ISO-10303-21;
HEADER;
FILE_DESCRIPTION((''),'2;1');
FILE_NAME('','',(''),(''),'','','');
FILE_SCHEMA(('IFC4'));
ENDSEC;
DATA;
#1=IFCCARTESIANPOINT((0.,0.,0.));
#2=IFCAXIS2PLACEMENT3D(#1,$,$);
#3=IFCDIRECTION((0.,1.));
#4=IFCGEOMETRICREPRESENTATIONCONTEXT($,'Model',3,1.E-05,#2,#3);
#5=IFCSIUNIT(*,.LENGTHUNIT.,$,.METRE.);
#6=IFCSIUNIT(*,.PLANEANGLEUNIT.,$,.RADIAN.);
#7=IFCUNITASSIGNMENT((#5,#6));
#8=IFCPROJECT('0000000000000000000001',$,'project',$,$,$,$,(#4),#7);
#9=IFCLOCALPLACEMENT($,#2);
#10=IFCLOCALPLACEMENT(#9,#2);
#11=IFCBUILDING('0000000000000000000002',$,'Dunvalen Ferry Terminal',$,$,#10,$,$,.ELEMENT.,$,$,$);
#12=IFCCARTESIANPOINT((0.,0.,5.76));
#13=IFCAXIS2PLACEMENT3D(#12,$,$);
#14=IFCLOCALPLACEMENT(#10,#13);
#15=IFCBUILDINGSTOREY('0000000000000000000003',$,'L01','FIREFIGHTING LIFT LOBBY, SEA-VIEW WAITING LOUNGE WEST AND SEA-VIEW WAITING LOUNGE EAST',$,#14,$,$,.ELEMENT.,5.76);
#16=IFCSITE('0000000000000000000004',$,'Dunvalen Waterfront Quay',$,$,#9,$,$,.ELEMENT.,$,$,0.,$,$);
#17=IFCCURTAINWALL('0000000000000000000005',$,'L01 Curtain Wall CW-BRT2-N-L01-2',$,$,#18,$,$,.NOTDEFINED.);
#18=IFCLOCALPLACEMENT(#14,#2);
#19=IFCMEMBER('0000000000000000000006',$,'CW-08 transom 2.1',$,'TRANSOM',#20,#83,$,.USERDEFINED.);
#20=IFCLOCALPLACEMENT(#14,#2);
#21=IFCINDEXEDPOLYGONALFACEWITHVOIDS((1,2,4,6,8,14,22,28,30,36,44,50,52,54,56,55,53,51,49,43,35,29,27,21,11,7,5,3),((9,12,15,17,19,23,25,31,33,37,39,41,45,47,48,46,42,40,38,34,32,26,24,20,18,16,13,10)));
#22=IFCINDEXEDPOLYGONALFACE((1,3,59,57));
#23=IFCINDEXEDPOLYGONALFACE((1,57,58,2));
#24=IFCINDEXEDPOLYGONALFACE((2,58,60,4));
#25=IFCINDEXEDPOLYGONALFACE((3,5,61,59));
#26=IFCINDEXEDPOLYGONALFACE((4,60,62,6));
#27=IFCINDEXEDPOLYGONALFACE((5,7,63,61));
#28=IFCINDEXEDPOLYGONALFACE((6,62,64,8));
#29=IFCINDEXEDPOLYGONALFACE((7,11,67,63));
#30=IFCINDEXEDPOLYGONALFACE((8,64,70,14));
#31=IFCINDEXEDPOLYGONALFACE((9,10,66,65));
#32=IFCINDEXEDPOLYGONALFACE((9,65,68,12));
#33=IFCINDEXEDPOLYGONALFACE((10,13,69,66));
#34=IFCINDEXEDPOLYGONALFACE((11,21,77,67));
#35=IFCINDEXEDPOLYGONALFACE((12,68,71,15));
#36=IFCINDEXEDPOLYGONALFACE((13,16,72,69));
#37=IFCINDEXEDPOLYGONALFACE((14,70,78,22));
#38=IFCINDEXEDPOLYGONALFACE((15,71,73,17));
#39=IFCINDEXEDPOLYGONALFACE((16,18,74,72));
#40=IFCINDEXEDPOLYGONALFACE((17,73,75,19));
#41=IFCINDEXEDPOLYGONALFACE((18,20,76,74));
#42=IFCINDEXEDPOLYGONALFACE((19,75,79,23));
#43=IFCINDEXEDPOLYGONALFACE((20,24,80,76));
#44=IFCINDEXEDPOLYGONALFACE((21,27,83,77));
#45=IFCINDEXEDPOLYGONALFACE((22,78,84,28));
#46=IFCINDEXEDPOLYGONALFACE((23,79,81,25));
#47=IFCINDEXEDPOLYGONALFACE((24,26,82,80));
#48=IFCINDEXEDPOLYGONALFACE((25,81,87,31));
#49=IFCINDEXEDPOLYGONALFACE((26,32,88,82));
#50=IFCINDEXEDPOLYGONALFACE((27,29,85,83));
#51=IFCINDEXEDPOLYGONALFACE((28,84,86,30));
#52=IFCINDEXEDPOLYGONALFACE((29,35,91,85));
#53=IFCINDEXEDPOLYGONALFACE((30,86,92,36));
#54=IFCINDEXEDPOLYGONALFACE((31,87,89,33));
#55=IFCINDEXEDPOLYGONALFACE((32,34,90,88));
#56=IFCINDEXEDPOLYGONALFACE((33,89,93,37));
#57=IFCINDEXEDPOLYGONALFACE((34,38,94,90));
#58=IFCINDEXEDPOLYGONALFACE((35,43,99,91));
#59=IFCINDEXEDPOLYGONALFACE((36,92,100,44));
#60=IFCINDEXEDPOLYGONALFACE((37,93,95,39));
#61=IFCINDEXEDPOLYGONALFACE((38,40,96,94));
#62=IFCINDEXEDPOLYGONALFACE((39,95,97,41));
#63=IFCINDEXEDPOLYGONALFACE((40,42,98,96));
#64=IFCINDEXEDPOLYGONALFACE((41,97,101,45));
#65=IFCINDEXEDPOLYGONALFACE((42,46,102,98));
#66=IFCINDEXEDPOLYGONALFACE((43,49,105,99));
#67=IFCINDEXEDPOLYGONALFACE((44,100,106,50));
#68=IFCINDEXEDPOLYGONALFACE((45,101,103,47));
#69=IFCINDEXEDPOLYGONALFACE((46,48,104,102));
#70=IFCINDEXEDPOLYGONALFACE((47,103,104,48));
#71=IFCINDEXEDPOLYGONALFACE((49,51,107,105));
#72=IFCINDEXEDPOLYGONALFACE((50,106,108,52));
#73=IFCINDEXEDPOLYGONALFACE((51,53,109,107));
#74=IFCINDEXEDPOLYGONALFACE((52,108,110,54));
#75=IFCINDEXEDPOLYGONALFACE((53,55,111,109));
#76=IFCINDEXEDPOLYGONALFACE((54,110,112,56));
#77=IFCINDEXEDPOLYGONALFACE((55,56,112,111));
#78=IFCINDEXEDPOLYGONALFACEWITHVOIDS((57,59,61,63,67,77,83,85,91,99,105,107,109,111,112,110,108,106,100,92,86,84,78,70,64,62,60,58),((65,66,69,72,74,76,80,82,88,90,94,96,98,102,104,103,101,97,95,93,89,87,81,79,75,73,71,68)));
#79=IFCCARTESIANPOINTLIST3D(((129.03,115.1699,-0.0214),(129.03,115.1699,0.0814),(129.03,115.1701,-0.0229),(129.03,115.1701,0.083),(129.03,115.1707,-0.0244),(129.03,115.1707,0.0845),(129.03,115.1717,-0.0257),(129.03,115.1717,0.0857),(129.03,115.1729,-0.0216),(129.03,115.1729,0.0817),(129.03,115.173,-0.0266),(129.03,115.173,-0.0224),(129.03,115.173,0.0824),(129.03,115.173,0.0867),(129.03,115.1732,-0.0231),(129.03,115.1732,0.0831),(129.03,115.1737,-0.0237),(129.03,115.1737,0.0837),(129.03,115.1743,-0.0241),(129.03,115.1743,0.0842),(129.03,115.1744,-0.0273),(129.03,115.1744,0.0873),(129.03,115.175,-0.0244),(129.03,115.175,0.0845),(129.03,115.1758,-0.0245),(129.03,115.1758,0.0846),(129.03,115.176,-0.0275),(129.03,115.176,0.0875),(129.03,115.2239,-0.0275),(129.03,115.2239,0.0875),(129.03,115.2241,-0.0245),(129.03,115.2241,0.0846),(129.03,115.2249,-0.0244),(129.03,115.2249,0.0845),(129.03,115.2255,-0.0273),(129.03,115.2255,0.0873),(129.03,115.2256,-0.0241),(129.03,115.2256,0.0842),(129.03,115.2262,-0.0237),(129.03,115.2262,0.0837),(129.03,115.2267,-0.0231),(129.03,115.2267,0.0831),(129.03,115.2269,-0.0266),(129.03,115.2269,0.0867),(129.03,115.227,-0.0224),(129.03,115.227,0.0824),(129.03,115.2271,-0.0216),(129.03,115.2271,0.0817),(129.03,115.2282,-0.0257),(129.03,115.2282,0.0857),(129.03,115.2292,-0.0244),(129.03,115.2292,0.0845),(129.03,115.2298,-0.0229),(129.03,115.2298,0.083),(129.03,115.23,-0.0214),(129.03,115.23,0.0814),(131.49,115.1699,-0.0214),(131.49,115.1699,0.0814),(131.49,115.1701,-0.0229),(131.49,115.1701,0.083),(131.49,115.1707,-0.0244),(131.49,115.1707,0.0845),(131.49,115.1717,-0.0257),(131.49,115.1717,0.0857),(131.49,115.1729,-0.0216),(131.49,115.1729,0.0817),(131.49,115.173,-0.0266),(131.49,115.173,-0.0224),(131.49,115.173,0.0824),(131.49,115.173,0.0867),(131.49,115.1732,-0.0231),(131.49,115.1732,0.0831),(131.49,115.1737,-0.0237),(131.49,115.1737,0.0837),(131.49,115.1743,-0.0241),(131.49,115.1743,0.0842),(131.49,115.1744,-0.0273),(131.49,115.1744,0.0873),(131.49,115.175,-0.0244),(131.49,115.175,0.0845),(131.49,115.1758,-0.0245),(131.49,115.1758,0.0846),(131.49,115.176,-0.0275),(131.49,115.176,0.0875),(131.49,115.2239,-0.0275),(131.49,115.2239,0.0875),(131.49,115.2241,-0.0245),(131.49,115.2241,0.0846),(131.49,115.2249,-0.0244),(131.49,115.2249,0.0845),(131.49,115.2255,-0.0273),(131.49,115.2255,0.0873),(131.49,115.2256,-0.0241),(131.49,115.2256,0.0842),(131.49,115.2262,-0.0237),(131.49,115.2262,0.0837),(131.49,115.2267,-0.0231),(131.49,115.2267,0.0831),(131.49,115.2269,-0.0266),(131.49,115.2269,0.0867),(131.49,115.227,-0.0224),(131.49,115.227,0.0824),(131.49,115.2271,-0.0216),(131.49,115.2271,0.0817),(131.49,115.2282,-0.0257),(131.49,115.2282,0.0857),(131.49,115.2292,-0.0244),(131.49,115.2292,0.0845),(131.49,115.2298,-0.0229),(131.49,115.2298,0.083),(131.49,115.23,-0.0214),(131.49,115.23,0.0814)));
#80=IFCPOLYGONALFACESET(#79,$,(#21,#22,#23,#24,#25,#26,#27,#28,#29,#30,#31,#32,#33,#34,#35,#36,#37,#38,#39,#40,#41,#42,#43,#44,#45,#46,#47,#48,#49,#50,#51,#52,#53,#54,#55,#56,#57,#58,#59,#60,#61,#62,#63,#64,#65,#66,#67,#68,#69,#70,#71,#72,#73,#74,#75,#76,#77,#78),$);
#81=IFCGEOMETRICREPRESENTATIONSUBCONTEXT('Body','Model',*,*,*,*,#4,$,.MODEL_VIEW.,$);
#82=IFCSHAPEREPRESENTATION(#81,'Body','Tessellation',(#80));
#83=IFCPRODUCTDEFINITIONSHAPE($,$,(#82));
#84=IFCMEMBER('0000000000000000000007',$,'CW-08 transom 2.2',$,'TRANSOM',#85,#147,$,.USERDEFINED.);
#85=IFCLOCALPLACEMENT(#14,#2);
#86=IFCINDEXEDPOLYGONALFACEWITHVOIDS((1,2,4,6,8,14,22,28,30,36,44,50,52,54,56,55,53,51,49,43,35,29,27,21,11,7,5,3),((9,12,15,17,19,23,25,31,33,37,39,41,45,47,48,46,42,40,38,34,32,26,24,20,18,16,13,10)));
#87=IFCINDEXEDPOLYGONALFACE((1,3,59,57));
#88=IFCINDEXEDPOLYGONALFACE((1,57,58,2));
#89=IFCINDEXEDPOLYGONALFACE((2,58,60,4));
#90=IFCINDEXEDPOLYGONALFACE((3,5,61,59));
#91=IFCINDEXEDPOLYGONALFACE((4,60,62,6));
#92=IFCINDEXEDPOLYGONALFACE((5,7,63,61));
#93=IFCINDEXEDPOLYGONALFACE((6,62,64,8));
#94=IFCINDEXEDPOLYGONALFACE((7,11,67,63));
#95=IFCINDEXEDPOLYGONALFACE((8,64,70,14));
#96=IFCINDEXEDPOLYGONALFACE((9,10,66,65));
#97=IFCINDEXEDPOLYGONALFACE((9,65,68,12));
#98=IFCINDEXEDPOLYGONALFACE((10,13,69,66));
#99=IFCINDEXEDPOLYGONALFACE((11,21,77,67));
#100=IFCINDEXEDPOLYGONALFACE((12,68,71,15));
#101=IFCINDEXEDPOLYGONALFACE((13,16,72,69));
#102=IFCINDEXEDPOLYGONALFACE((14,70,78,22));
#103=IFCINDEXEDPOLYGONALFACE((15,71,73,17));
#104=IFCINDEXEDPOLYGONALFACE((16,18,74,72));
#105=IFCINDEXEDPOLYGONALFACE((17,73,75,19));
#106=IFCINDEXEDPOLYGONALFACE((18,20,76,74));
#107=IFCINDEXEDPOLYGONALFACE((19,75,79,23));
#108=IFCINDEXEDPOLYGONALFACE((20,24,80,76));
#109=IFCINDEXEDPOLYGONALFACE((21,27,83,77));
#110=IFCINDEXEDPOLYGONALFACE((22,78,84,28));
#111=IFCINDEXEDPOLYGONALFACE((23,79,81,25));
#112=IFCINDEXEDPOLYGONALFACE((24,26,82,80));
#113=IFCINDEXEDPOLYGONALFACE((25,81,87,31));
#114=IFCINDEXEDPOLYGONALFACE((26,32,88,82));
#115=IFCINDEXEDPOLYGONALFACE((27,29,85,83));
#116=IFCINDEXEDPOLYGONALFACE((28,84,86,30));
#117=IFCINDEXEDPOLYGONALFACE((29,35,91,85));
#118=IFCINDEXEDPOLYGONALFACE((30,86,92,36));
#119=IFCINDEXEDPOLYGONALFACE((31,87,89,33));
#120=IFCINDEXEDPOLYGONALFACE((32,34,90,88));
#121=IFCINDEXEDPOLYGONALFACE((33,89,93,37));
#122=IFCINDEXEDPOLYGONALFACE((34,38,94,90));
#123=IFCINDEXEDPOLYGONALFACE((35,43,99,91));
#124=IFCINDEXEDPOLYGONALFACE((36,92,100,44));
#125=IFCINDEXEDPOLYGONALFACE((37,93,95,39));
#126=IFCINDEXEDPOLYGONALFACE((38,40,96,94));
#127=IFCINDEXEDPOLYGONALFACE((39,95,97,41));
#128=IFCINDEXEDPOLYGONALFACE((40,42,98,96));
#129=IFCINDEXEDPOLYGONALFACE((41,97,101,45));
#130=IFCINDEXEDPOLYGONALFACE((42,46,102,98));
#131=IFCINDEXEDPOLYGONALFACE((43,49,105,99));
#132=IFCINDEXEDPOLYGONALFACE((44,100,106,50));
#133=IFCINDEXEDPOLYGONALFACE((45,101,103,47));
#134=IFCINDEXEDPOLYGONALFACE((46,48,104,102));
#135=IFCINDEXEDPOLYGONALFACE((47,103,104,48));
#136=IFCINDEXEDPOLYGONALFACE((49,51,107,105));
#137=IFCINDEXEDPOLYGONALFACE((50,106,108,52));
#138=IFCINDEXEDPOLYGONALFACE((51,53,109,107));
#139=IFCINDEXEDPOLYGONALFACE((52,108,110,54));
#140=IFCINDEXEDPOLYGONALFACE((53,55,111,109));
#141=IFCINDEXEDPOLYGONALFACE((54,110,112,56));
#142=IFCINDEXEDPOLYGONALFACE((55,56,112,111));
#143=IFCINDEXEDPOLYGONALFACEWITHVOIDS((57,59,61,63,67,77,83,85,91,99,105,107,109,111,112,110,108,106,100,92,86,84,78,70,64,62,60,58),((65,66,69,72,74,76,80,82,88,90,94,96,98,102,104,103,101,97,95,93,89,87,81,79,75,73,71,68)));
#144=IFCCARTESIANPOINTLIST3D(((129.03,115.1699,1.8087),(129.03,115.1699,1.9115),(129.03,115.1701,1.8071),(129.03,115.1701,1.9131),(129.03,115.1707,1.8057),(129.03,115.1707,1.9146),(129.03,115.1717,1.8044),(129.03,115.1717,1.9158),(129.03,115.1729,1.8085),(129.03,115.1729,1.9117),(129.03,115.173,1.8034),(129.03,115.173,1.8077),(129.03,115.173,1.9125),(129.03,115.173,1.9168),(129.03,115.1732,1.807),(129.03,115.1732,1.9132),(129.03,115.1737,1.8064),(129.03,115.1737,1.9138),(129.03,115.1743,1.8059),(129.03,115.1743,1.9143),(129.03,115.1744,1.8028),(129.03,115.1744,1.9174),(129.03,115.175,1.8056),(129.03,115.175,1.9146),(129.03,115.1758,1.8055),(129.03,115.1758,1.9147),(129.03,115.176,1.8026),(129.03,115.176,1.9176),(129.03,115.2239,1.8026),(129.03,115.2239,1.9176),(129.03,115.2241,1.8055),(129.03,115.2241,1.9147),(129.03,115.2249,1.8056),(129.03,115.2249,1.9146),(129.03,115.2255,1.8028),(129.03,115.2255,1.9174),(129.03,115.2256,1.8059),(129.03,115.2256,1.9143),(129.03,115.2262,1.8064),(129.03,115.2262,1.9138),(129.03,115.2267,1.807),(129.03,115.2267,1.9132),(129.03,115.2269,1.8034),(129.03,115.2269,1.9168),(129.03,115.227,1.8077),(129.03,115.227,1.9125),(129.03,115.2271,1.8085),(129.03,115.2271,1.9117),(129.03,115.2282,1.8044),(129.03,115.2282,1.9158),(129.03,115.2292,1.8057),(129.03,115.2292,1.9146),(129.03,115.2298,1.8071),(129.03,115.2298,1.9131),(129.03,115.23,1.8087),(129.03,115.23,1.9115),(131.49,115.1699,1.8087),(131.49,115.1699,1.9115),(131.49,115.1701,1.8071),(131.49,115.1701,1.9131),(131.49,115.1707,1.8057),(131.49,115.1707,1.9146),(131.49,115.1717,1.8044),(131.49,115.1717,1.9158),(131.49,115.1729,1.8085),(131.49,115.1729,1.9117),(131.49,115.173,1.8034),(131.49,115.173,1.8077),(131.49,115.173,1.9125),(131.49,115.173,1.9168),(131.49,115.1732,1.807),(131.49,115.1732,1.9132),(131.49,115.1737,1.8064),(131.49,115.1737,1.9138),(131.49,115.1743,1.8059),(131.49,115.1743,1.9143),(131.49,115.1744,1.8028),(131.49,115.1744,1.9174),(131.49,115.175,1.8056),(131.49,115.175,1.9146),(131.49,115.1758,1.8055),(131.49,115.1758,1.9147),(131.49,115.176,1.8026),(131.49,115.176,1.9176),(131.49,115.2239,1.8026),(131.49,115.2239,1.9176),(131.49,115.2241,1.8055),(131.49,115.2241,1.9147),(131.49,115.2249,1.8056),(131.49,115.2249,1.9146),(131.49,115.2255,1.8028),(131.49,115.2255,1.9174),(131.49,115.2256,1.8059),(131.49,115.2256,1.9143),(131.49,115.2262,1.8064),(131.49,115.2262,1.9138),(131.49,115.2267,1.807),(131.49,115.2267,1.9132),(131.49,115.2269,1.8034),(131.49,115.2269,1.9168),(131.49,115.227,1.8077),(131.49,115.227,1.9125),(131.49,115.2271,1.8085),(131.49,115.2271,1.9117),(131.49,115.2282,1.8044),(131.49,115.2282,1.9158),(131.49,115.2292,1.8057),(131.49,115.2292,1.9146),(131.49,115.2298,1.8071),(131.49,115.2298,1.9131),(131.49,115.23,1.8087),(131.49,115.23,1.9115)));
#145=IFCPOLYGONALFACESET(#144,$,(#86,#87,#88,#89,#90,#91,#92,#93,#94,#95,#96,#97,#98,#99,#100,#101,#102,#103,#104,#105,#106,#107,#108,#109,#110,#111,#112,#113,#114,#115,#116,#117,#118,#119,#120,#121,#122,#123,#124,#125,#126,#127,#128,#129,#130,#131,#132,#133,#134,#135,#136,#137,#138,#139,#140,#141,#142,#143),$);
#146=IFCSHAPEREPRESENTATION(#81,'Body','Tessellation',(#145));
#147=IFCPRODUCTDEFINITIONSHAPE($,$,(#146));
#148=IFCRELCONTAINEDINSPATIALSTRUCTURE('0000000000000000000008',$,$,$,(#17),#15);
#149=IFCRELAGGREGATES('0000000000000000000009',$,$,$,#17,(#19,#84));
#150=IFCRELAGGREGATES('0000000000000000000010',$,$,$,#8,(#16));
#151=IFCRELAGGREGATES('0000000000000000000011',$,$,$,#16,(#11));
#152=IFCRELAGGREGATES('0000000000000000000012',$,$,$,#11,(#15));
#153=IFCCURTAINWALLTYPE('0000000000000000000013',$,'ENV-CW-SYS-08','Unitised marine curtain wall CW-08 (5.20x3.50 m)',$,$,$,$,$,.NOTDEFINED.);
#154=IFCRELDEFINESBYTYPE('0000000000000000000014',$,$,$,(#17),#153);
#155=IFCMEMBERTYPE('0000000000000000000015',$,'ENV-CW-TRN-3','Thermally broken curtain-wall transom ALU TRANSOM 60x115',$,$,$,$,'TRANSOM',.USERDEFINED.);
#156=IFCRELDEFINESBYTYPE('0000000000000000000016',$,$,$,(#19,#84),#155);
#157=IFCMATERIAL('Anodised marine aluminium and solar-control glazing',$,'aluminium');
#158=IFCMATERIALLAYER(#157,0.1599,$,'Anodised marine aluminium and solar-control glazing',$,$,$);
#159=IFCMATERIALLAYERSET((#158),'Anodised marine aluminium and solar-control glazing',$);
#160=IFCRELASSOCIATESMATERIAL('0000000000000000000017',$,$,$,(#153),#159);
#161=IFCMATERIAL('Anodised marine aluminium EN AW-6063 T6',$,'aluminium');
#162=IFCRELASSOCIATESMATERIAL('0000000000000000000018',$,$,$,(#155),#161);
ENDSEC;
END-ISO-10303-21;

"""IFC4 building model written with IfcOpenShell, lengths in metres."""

from ifc_helpers import new_model, si_unit, direction, frame, origin, origin_2d, place, context, subcontext, project, spatial, hollow_rectangle, extrude, material, layer, layer_set, material_profile, profile_set, type_object, element, aggregate, save


model = new_model("IFC4")

# Units and contexts
model_context = context("Model", 3, precision=1e-05, world=origin(), true_north=direction((0.0, 1.0)))
body_context = subcontext(model_context, "Body", "Model", "MODEL_VIEW")
ifc_project = project(units=[si_unit("LENGTHUNIT", "METRE"), si_unit("PLANEANGLEUNIT", "RADIAN")], contexts=[model_context])

# Site, building, storey
site_placement = place(None, origin())
site = spatial("IfcSite", under=ifc_project, at=site_placement, Name="Dunvalen Waterfront Quay", CompositionType="ELEMENT", RefElevation=0.0)
building_placement = place(site_placement, origin())
building = spatial("IfcBuilding", under=site, at=building_placement, Name="Dunvalen Ferry Terminal", CompositionType="ELEMENT")
storey_placement = place(building_placement, frame((0.0, 0.0, 5.76)))
storey = spatial("IfcBuildingStorey", under=building, at=storey_placement, Name="L01", Description="FIREFIGHTING LIFT LOBBY, SEA-VIEW WAITING LOUNGE WEST AND SEA-VIEW WAITING LOUNGE EAST", CompositionType="ELEMENT", Elevation=5.76)

# Curtain wall
ifc_material_1 = material(Name="Anodised marine aluminium and solar-control glazing", Category="aluminium")
ifc_layer_1 = layer(ifc_material_1, 0.1599, Name="Anodised marine aluminium and solar-control glazing")
ifc_layer_set_1 = layer_set([ifc_layer_1], Name="Anodised marine aluminium and solar-control glazing")
curtain_wall_type = type_object("IfcCurtainWallType", Name="ENV-CW-SYS-08", Description="Unitised marine curtain wall CW-08 (5.20x3.50 m)", PredefinedType="NOTDEFINED", material=ifc_layer_set_1)
ifc_material_2 = material(Name="Anodised marine aluminium EN AW-6063 T6", Category="aluminium")
curtain_wall_1_placement = place(storey_placement, origin())
curtain_wall_1 = element("IfcCurtainWall", 1, at=curtain_wall_1_placement, inside=storey, type_object=curtain_wall_type, Name="L01 Curtain Wall CW-BRT2-N-L01-2", PredefinedType="NOTDEFINED")

# Members
ifc_material_profile_1 = material_profile(ifc_material_2, hollow_rectangle(XDim=0.0601, YDim=0.115, WallThickness=0.0029, InnerFilletRadius=0.0029, OuterFilletRadius=0.0061, at=origin_2d()), Name="Anodised marine aluminium EN AW-6063 T6")
ifc_profile_set_1 = profile_set([ifc_material_profile_1], Name="Anodised marine aluminium EN AW-6063 T6")
member_type_1 = type_object("IfcMemberType", Name="ENV-CW-TRN-3", Description="Thermally broken curtain-wall transom ALU TRANSOM 60x115", ElementType="TRANSOM", PredefinedType="USERDEFINED", material=ifc_profile_set_1)
member_1_placement = place(storey_placement, frame((129.03, 115.2, 0.03), z_axis=(1.0, 0.0, 0.0), x_axis=(0.0, 1.0, 0.0)))
member_1 = element("IfcMember", 2, at=member_1_placement, type_object=member_type_1, Name="CW-08 transom 2.1", ObjectType="TRANSOM", PredefinedType="USERDEFINED", context=body_context, shape_type="SweptSolid", body=[
    extrude(hollow_rectangle(XDim=0.0601, YDim=0.115, WallThickness=0.0029, InnerFilletRadius=0.0029, OuterFilletRadius=0.0061, at=origin_2d()), origin(), (0.0, 0.0, 1.0), 2.46),
])
member_2_placement = place(storey_placement, frame((129.03, 115.2, 1.8601), z_axis=(1.0, 0.0, 0.0), x_axis=(0.0, 1.0, 0.0)))
member_2 = element("IfcMember", 3, at=member_2_placement, type_object=member_type_1, Name="CW-08 transom 2.2", ObjectType="TRANSOM", PredefinedType="USERDEFINED", context=body_context, shape_type="SweptSolid", body=[
    extrude(hollow_rectangle(XDim=0.0601, YDim=0.115, WallThickness=0.0029, InnerFilletRadius=0.0029, OuterFilletRadius=0.0061, at=origin_2d()), origin(), (0.0, 0.0, 1.0), 2.46),
])

aggregate(curtain_wall_1, [member_1, member_2])

save(model, "model.ifc")
